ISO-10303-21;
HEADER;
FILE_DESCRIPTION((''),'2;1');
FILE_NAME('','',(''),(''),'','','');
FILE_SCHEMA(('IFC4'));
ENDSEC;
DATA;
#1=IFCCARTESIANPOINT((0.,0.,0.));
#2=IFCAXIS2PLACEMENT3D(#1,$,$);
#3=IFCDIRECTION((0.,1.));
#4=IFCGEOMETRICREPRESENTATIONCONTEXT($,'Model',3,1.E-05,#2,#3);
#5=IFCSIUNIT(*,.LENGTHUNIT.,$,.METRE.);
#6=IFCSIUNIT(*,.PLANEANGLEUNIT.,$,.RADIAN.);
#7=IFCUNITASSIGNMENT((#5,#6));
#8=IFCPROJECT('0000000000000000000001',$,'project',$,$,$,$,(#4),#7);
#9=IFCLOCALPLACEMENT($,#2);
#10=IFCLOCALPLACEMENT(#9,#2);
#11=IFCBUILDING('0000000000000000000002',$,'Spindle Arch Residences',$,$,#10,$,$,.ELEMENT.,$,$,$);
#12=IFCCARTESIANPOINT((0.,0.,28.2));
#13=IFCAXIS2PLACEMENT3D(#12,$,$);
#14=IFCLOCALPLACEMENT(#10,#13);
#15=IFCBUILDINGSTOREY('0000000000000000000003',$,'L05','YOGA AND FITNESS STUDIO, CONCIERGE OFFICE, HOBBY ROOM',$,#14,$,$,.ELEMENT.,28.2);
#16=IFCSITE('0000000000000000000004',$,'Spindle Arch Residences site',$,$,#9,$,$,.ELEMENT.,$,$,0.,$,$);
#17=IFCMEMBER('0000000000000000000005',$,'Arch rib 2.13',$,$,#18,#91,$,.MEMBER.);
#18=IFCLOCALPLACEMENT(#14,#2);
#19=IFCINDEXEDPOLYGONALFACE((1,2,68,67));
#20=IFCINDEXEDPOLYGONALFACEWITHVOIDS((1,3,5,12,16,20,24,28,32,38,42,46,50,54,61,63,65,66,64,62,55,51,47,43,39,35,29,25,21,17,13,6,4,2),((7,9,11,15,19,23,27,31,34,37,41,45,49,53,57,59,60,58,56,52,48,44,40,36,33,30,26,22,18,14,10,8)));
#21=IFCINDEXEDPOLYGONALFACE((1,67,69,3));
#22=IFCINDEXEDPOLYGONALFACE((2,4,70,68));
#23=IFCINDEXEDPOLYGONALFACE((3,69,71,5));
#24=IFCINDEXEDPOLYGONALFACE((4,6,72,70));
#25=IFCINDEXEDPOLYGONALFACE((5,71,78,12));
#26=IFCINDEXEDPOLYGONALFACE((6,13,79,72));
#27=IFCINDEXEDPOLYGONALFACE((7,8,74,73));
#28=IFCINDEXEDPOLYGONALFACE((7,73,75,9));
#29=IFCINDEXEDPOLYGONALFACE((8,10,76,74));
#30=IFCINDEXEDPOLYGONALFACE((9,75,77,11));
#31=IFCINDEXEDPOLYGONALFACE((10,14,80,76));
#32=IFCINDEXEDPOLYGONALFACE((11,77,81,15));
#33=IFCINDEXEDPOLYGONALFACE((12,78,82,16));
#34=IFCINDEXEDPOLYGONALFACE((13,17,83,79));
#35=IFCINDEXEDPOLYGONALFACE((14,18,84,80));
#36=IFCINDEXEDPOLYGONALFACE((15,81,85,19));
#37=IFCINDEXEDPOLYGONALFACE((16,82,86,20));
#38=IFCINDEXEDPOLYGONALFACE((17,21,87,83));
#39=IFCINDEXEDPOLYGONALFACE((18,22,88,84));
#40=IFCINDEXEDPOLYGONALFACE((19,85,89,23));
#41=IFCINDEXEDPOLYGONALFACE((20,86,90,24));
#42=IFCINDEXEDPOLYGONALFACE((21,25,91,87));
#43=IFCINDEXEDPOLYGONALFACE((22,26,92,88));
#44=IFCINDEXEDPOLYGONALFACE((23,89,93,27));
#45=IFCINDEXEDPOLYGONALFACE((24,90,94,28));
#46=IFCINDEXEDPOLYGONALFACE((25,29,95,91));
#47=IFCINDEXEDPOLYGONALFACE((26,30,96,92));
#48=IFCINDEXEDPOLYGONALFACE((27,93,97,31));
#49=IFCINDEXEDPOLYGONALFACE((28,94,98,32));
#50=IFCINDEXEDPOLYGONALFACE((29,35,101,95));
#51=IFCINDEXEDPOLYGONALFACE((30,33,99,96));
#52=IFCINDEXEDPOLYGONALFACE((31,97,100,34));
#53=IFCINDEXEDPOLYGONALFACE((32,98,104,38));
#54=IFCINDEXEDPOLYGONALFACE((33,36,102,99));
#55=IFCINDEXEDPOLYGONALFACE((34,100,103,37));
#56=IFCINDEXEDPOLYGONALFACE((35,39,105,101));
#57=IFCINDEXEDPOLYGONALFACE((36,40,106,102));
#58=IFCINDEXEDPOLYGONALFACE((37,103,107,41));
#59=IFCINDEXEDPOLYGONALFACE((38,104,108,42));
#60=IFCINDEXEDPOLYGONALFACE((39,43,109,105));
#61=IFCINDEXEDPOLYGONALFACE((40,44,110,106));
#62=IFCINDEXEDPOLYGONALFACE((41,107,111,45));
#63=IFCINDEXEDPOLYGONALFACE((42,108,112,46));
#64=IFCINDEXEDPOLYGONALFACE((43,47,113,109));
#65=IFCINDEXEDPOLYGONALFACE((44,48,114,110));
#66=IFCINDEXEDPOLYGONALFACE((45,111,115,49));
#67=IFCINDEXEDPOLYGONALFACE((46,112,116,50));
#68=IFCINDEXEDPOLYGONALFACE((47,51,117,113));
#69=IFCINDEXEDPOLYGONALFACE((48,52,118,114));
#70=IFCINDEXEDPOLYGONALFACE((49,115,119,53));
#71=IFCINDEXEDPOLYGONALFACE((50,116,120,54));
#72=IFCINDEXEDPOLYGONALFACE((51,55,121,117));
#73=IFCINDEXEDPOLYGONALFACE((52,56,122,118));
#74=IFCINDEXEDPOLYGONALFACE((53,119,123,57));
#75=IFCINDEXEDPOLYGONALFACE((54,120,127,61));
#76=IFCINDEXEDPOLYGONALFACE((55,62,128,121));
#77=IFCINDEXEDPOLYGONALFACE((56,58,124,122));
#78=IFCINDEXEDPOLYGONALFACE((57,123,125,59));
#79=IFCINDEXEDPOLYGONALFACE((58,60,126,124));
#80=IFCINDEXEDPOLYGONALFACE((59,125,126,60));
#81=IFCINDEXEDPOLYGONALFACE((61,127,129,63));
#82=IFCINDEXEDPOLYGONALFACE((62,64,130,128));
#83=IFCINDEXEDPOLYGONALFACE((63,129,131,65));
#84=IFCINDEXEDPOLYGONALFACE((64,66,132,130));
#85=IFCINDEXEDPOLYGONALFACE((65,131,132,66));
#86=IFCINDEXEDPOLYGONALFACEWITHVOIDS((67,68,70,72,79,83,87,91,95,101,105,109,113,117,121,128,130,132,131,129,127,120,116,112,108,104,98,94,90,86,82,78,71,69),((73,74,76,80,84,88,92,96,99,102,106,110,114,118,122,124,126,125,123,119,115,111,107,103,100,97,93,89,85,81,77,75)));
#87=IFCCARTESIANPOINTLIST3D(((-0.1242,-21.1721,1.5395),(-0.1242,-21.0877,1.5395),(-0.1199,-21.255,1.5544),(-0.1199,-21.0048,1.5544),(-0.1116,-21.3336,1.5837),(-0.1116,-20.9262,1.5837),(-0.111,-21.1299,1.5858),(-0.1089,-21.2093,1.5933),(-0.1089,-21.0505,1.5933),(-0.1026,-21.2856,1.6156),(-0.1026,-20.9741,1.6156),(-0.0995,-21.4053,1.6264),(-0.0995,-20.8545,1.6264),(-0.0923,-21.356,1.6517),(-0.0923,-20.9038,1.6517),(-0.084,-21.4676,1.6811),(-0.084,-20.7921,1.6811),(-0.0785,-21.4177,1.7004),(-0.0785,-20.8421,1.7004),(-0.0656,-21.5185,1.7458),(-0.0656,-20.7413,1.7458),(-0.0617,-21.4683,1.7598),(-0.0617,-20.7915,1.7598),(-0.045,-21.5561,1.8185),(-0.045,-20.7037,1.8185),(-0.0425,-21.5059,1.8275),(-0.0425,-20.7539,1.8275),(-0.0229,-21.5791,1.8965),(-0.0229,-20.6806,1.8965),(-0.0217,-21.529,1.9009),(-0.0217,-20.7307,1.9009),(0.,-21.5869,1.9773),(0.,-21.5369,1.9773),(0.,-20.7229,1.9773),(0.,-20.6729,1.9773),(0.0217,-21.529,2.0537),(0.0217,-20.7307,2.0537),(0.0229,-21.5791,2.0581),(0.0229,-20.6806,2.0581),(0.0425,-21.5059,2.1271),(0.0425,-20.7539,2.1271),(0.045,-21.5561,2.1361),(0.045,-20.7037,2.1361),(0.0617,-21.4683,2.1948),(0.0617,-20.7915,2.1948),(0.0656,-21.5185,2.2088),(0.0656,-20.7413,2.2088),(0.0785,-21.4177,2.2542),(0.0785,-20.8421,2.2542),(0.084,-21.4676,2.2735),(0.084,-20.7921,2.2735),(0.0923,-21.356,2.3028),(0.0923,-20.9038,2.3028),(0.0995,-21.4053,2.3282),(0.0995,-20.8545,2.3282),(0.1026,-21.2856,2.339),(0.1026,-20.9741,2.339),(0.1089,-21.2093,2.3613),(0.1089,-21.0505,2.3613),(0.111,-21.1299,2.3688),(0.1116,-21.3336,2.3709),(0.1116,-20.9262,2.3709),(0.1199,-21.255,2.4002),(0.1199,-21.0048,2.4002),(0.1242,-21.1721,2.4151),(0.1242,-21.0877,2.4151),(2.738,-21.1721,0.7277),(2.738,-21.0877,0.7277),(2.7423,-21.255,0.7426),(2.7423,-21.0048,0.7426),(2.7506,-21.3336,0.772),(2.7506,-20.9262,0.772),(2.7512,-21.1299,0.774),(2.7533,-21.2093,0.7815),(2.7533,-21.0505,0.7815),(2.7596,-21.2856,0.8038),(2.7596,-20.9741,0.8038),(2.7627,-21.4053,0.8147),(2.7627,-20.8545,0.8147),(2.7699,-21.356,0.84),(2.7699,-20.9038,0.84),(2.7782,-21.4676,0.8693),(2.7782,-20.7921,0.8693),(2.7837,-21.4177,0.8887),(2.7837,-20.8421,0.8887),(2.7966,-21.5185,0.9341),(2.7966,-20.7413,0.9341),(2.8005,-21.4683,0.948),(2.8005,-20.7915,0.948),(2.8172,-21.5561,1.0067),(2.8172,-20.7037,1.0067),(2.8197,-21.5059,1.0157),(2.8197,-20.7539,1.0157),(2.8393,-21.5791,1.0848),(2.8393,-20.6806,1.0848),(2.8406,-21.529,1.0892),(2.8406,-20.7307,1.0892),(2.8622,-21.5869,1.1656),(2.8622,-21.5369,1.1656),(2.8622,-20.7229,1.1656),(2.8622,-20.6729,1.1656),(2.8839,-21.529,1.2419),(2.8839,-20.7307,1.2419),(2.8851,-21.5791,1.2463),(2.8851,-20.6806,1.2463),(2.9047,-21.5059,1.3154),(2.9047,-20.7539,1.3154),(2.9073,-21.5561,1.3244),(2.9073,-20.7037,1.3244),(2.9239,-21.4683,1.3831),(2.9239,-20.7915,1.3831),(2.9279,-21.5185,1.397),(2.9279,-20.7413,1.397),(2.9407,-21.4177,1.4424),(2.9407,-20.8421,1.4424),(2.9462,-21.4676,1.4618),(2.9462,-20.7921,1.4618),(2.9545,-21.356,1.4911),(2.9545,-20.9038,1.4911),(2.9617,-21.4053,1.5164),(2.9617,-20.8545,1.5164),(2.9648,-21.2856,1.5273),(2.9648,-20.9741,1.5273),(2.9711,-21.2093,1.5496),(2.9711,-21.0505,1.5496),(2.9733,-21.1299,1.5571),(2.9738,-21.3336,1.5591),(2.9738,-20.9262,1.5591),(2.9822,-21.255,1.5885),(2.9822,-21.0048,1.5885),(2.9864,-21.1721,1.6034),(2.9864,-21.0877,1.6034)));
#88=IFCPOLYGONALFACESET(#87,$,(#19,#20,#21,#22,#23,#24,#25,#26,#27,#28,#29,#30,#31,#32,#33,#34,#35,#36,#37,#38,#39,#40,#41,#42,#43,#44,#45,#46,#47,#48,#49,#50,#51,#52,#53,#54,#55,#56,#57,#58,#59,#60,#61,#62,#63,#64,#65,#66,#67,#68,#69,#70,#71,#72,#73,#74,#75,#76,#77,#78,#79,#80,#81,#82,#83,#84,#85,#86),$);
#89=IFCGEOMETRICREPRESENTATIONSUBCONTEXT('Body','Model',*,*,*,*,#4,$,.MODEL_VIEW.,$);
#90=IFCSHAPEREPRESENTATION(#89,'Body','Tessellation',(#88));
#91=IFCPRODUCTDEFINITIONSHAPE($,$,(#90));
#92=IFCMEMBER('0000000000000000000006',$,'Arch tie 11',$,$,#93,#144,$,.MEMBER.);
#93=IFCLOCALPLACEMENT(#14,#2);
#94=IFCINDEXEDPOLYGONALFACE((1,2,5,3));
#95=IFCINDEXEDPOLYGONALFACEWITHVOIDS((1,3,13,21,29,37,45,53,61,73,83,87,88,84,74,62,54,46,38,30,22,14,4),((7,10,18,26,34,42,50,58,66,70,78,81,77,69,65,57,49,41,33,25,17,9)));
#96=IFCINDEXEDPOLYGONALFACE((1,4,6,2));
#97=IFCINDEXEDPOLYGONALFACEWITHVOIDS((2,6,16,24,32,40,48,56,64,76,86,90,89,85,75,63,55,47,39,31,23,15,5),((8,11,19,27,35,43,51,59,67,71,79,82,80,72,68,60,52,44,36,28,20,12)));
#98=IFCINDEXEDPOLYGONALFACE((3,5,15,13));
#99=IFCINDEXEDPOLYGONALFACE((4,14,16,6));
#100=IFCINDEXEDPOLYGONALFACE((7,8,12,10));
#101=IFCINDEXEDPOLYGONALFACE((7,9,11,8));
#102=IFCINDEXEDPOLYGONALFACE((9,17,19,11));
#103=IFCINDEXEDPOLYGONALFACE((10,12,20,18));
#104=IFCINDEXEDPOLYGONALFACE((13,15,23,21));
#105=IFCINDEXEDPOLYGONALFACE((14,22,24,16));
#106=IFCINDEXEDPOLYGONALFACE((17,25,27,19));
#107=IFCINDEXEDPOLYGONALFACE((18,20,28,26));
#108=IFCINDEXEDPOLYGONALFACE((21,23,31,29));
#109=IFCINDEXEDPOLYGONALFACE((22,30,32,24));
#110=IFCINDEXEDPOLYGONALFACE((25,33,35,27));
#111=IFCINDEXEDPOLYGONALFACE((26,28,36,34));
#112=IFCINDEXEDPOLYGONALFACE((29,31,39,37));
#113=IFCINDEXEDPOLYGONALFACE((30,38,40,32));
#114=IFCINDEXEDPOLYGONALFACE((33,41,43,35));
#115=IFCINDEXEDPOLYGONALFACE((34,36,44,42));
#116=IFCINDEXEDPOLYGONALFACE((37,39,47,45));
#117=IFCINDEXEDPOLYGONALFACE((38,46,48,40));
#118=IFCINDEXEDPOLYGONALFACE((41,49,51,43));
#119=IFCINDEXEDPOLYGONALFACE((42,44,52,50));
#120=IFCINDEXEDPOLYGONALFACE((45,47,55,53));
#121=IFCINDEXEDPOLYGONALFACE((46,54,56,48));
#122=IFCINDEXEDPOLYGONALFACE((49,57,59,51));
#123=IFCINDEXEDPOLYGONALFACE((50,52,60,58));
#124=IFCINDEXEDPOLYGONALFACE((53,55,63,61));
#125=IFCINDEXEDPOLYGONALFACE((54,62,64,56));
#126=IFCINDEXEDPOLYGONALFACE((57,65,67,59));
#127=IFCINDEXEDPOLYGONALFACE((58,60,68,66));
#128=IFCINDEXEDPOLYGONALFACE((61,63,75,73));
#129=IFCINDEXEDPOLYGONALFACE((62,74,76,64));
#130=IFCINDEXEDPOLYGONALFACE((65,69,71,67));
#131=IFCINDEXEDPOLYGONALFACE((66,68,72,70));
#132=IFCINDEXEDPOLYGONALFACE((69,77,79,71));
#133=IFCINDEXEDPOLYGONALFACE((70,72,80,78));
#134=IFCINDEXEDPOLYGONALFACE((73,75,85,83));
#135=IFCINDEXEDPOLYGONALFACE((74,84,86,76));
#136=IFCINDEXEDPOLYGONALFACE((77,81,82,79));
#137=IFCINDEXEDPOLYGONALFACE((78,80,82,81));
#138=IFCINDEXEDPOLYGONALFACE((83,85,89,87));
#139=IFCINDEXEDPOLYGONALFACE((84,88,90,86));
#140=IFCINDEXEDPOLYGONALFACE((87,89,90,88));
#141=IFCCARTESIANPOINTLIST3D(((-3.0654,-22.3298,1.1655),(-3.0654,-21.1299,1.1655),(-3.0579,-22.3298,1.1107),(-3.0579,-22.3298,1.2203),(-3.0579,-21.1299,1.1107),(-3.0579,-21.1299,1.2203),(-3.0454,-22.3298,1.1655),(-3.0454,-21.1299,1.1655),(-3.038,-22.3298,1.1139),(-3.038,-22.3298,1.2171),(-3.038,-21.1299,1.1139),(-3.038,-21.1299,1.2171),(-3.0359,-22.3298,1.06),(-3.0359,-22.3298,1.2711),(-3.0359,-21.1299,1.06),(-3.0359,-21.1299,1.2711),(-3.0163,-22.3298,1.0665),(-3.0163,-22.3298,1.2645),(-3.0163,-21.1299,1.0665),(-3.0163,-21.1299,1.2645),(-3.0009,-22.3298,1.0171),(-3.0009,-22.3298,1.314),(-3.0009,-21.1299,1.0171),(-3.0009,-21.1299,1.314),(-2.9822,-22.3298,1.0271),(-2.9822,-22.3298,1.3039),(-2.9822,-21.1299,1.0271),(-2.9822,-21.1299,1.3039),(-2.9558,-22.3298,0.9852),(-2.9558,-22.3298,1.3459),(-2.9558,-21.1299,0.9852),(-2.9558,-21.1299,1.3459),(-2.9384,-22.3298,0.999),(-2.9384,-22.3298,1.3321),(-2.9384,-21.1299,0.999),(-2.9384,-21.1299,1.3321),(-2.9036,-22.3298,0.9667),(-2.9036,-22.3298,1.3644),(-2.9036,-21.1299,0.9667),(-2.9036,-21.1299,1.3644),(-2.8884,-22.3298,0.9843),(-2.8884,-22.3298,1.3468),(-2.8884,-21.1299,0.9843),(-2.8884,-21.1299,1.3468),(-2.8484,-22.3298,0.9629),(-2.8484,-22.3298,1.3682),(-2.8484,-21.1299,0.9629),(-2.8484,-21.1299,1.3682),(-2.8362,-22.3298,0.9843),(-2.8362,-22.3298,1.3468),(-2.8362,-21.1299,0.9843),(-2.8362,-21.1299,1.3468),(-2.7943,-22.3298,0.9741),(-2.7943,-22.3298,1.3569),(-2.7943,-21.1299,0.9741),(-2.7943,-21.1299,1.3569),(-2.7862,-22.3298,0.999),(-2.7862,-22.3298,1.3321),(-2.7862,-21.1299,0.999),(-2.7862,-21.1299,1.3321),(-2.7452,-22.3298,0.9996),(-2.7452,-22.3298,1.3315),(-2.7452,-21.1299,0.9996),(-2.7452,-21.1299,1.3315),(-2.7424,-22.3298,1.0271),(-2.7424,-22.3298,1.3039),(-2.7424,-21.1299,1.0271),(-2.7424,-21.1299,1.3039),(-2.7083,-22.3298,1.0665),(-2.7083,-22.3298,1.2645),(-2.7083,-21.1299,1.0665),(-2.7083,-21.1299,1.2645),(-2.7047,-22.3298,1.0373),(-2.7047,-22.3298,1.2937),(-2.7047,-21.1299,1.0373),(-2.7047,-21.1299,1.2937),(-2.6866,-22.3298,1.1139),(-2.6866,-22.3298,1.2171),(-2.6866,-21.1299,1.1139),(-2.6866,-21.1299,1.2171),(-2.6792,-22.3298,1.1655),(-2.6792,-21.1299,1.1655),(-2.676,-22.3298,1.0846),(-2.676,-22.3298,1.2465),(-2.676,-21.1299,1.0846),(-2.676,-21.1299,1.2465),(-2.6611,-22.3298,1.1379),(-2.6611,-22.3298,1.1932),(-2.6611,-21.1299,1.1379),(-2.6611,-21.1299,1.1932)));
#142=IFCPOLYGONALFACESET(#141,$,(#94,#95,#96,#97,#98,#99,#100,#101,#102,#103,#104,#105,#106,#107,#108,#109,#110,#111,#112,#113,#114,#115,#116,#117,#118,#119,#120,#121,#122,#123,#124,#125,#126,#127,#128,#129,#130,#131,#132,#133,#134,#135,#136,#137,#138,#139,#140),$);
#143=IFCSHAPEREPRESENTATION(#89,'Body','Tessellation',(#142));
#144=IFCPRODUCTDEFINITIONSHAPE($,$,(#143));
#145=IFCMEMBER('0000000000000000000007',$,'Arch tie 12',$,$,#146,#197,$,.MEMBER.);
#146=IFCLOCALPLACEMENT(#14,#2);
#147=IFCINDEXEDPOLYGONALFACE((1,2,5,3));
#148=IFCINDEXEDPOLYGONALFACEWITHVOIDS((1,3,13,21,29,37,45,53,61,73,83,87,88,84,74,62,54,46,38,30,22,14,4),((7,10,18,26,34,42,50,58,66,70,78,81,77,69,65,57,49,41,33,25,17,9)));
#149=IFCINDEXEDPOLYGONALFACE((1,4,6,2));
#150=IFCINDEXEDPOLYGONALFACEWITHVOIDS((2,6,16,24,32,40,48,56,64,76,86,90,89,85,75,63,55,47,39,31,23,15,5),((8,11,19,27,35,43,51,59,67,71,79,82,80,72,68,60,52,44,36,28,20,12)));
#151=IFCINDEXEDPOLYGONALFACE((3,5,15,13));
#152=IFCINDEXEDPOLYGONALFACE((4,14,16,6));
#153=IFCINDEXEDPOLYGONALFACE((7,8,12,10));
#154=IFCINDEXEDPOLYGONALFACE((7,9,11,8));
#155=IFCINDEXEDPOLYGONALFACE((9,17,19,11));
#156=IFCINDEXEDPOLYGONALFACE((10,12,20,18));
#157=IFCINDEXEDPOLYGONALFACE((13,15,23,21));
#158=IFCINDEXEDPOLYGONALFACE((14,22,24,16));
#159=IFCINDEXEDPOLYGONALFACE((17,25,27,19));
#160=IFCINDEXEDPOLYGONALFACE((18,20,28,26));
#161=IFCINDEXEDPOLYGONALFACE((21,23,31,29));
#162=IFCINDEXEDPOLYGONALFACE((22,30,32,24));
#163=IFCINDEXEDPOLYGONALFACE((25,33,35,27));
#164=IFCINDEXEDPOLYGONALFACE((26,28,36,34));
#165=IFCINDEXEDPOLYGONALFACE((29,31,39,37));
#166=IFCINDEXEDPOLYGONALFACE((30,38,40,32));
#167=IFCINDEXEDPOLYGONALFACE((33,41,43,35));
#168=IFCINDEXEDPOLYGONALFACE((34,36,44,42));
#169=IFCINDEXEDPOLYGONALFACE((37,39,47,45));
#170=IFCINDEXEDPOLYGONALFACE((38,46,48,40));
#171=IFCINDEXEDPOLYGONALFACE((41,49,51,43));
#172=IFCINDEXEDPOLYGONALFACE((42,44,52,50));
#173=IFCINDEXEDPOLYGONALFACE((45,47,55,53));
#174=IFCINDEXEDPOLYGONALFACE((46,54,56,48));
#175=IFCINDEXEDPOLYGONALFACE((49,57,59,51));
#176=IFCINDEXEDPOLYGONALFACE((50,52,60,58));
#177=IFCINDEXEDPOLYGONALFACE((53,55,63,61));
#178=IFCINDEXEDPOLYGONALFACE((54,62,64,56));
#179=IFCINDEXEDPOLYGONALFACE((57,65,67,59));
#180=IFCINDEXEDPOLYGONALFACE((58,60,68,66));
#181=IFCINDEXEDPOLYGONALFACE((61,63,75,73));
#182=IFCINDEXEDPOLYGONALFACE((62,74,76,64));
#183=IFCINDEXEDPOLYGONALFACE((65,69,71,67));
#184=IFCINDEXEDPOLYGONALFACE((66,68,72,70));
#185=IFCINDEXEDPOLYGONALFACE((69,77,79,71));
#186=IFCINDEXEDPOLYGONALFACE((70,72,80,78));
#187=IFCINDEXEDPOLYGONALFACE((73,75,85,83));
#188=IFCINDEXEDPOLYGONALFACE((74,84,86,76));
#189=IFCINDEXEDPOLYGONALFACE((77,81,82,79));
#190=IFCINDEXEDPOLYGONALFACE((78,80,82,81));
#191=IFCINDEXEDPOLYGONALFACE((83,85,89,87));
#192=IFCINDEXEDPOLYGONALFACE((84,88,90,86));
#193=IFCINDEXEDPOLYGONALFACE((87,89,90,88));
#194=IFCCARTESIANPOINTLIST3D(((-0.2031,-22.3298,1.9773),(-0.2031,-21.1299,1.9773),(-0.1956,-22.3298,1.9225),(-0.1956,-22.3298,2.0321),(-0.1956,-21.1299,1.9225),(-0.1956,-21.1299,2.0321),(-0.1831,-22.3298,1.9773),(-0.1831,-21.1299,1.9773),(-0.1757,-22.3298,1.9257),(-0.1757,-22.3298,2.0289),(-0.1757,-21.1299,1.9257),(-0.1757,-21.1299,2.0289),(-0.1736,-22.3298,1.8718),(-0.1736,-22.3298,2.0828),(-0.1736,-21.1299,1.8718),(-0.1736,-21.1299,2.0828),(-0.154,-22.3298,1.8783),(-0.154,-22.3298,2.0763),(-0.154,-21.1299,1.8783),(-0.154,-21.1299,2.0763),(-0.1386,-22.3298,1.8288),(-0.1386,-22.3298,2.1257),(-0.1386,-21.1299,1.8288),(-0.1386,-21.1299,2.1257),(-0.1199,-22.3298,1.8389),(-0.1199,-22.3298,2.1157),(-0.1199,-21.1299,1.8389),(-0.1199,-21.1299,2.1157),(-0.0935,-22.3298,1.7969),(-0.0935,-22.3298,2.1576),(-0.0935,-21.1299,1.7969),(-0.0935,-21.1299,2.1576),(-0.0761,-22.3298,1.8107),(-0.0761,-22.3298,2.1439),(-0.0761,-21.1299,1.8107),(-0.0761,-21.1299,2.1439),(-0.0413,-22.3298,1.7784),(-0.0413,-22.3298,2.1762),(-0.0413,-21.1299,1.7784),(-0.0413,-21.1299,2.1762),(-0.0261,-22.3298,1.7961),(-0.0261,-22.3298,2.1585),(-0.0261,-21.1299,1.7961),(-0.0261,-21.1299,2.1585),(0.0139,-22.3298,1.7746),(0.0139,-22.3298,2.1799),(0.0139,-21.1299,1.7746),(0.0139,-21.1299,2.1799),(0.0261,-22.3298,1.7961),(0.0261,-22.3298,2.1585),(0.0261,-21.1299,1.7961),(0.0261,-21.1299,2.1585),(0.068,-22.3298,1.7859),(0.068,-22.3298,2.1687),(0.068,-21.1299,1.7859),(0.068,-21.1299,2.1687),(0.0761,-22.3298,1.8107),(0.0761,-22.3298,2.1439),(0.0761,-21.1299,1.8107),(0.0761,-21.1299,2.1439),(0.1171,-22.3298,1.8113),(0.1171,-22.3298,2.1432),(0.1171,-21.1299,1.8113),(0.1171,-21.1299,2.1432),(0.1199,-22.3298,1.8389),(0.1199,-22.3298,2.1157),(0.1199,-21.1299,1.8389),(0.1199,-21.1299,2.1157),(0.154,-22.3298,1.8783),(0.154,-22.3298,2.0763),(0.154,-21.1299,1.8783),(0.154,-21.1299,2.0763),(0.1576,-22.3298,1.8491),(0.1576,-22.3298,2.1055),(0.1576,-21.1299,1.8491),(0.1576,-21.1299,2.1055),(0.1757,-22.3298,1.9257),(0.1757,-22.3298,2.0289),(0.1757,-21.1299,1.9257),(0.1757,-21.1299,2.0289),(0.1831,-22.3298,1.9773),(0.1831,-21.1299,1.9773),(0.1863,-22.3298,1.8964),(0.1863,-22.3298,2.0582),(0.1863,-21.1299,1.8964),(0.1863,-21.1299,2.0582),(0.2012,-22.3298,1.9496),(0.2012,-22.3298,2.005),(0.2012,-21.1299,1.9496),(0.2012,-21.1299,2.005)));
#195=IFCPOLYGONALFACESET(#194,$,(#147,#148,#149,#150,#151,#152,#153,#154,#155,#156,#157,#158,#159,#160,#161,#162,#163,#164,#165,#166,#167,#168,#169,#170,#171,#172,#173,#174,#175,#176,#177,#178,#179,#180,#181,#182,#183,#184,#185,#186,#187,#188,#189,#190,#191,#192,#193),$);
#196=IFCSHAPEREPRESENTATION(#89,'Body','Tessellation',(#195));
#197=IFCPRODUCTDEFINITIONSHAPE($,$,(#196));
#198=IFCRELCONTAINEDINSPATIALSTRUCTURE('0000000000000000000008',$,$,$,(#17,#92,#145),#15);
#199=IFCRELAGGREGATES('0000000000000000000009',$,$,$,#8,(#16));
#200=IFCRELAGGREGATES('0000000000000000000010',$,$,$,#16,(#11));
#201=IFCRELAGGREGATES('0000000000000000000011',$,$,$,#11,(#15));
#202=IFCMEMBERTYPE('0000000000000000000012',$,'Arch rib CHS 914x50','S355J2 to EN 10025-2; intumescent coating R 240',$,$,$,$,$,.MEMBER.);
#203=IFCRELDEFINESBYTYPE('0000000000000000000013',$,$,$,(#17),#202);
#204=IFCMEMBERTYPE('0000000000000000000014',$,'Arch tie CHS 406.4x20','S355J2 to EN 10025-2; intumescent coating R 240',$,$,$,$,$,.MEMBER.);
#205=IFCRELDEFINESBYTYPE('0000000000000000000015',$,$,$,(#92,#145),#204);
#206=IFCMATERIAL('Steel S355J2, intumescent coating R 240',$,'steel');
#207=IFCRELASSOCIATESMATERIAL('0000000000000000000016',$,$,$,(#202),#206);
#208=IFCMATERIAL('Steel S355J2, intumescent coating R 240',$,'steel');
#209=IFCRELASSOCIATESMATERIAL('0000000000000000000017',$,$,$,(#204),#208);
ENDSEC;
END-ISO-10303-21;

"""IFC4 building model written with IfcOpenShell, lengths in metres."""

from ifc_helpers import new_model, si_unit, direction, frame, origin, origin_2d, place, context, subcontext, project, spatial, hollow_circle, extrude, material, material_profile, profile_set, type_object, element, save


model = new_model("IFC4")

# Units and contexts
model_context = context("Model", 3, precision=1e-05, world=origin(), true_north=direction((0.0, 1.0)))
body_context = subcontext(model_context, "Body", "Model", "MODEL_VIEW")
ifc_project = project(units=[si_unit("LENGTHUNIT", "METRE"), si_unit("PLANEANGLEUNIT", "RADIAN")], contexts=[model_context])

# Site, building, storey
site_placement = place(None, origin())
site = spatial("IfcSite", under=ifc_project, at=site_placement, Name="Spindle Arch Residences site", CompositionType="ELEMENT", RefElevation=0.0)
building_placement = place(site_placement, origin())
building = spatial("IfcBuilding", under=site, at=building_placement, Name="Spindle Arch Residences", CompositionType="ELEMENT")
storey_placement = place(building_placement, frame((0.0, 0.0, 28.2)))
storey = spatial("IfcBuildingStorey", under=building, at=storey_placement, Name="L05", Description="YOGA AND FITNESS STUDIO, CONCIERGE OFFICE, HOBBY ROOM", CompositionType="ELEMENT", Elevation=28.2)

# Members
ifc_material_1 = material(Name="Steel S355J2, intumescent coating R 240", Category="steel")
ifc_material_profile_1 = material_profile(ifc_material_1, hollow_circle(Radius=0.457, WallThickness=0.05, at=origin_2d()), Name="CHS 914x50")
ifc_profile_set_1 = profile_set([ifc_material_profile_1], Name="Steel S355J2, intumescent coating R 240")
member_type_1 = type_object("IfcMemberType", Name="Arch rib CHS 914x50", Description="S355J2 to EN 10025-2; intumescent coating R 240", PredefinedType="MEMBER", material=ifc_profile_set_1)
for number, where, z_axis, x_axis, name in (
    (1, (0.0, -21.1299, 1.9773), (0.962058, 0.0, -0.272846), (0.0, 1.0, 0.0), "Arch rib 2.13"),
):
    element("IfcMember", number, at=place(storey_placement, frame(where, z_axis=z_axis, x_axis=x_axis)), inside=storey, type_object=member_type_1, Name=name, PredefinedType="MEMBER", context=body_context, shape_type="SweptSolid", body=[
        extrude(hollow_circle(Radius=0.457, WallThickness=0.05, at=origin_2d()), origin(), (0.0, 0.0, 1.0), 2.9751),
    ])
ifc_material_2 = material(Name="Steel S355J2, intumescent coating R 240", Category="steel")
ifc_material_profile_2 = material_profile(ifc_material_2, hollow_circle(Radius=0.2031, WallThickness=0.02, at=origin_2d()), Name="CHS 406.4x20")
ifc_profile_set_2 = profile_set([ifc_material_profile_2], Name="Steel S355J2, intumescent coating R 240")
member_type_2 = type_object("IfcMemberType", Name="Arch tie CHS 406.4x20", Description="S355J2 to EN 10025-2; intumescent coating R 240", PredefinedType="MEMBER", material=ifc_profile_set_2)
for number, where, z_axis, x_axis, name in (
    (2, (-2.8623, -22.3298, 1.1655), (0.0, 1.0, 0.0), (-1.0, 0.0, 0.0), "Arch tie 11"),
    (3, (0.0, -22.3298, 1.9773), (0.0, 1.0, 0.0), (-1.0, 0.0, 0.0), "Arch tie 12"),
):
    element("IfcMember", number, at=place(storey_placement, frame(where, z_axis=z_axis, x_axis=x_axis)), inside=storey, type_object=member_type_2, Name=name, PredefinedType="MEMBER", context=body_context, shape_type="SweptSolid", body=[
        extrude(hollow_circle(Radius=0.2031, WallThickness=0.02, at=origin_2d()), origin(), (0.0, 0.0, 1.0), 1.2),
    ])

save(model, "model.ifc")
